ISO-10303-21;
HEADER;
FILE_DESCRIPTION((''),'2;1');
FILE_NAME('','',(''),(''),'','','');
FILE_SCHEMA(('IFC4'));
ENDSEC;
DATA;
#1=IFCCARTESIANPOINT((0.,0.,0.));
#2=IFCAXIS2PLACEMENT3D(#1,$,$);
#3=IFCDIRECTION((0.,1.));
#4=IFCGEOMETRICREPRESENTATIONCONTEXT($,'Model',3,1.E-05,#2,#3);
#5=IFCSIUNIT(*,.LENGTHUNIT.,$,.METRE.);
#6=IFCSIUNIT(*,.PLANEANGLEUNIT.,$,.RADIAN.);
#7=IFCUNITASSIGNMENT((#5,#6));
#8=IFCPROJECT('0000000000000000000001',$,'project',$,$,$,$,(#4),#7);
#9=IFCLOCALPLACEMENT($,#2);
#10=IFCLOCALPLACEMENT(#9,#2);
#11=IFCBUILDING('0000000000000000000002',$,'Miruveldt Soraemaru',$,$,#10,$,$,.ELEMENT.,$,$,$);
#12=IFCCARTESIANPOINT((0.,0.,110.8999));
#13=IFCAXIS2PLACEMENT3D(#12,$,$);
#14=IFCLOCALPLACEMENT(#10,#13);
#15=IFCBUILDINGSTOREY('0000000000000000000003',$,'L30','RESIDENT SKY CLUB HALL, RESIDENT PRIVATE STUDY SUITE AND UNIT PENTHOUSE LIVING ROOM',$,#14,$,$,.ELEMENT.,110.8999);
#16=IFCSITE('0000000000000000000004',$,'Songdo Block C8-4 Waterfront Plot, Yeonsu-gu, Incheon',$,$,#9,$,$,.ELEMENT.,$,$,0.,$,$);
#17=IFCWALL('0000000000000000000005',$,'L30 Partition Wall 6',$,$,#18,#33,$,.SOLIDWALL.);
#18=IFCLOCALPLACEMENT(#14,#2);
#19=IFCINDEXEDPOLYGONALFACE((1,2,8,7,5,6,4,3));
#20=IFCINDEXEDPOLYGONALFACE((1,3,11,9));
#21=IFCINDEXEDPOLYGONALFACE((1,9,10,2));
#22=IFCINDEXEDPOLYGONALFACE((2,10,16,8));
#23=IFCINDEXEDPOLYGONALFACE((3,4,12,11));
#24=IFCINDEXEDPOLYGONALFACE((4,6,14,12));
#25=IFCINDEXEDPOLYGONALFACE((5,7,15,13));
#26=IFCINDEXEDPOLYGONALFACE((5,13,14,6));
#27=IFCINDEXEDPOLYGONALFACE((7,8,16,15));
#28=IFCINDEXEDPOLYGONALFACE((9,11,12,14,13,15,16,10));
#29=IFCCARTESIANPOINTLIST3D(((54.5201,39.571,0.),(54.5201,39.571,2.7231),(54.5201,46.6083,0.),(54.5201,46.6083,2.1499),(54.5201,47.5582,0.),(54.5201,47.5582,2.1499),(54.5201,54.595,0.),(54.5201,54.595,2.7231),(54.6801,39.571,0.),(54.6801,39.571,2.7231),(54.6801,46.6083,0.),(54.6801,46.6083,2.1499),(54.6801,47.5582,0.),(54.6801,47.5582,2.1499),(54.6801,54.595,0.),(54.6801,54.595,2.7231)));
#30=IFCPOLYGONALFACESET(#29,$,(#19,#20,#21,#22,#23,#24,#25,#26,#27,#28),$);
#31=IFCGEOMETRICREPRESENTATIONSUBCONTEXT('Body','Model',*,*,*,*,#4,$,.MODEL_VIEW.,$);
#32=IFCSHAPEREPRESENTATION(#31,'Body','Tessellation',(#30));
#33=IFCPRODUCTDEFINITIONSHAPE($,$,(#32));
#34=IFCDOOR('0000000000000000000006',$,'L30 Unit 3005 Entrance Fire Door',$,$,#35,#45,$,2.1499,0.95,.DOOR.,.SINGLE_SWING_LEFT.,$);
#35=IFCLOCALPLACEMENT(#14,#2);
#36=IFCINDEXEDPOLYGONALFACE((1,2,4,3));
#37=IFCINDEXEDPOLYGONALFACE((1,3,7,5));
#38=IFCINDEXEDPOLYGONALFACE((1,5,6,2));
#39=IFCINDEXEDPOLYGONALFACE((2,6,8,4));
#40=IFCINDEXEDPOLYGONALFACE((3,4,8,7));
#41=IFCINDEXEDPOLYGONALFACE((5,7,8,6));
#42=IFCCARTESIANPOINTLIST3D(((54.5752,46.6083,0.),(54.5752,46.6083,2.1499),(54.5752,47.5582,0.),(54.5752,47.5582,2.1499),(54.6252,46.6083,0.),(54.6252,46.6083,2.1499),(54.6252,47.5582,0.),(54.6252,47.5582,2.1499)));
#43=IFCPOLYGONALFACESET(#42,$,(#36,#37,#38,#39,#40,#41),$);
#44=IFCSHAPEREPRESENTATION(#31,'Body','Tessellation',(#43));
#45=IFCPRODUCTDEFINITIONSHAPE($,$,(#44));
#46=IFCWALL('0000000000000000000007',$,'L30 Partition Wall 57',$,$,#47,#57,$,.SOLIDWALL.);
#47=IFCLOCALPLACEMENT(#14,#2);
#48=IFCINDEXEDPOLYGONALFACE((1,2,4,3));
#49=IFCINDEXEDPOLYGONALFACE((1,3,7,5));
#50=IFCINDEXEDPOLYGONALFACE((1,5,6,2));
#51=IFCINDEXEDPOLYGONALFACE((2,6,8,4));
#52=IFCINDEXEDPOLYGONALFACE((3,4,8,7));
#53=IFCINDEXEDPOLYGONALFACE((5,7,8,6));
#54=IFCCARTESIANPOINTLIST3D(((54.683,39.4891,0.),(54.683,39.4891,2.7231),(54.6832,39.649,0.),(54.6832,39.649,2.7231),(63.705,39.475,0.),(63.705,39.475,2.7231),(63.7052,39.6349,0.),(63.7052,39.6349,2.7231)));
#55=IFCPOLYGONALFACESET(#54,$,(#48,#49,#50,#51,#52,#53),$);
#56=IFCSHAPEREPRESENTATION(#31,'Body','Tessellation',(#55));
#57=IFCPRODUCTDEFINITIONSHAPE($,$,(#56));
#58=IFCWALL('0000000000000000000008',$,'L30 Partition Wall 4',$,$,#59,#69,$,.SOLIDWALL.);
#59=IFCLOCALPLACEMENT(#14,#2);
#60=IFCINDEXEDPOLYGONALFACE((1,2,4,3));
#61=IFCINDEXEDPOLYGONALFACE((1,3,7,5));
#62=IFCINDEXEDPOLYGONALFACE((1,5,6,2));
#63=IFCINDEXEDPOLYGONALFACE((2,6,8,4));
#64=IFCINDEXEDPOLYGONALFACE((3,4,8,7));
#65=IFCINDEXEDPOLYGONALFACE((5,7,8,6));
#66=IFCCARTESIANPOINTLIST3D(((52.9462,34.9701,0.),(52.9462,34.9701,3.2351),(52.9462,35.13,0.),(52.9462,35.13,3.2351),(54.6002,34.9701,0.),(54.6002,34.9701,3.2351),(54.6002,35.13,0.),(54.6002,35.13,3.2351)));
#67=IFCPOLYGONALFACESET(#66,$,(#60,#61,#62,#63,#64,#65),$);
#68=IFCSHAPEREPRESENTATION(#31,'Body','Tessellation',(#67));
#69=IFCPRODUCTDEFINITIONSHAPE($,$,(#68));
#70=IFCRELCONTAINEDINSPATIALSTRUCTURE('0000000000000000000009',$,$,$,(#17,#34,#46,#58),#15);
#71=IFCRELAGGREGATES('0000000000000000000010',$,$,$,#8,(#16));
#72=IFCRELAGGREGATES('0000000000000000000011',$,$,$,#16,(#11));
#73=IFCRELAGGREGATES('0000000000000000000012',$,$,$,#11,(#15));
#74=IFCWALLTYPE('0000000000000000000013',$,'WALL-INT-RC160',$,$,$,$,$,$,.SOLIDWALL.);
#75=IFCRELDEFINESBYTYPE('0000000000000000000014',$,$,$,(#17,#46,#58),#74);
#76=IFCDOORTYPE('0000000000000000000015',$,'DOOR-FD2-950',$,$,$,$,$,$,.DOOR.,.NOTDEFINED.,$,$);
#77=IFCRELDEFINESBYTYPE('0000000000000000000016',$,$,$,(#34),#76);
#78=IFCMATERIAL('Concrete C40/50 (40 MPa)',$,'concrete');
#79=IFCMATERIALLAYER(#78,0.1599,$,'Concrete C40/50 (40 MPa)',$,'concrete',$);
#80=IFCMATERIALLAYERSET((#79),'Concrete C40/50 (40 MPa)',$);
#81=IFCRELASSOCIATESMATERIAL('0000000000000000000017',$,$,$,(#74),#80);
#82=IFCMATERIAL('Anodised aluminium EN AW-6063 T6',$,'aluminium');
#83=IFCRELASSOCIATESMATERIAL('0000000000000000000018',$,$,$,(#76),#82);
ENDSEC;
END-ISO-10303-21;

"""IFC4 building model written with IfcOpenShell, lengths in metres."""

from ifc_helpers import new_model, si_unit, direction, frame, frame_2d, origin, place, context, subcontext, project, spatial, rectangle, extrude, material, layer, layer_set, type_object, element, fill, save


model = new_model("IFC4")

# Units and contexts
model_context = context("Model", 3, precision=1e-05, world=origin(), true_north=direction((0.0, 1.0)))
body_context = subcontext(model_context, "Body", "Model", "MODEL_VIEW")
ifc_project = project(units=[si_unit("LENGTHUNIT", "METRE"), si_unit("PLANEANGLEUNIT", "RADIAN")], contexts=[model_context])

# Site, building, storey
site_placement = place(None, origin())
site = spatial("IfcSite", under=ifc_project, at=site_placement, Name="Songdo Block C8-4 Waterfront Plot, Yeonsu-gu, Incheon", CompositionType="ELEMENT", RefElevation=0.0)
building_placement = place(site_placement, origin())
building = spatial("IfcBuilding", under=site, at=building_placement, Name="Miruveldt Soraemaru", CompositionType="ELEMENT")
storey_placement = place(building_placement, frame((0.0, 0.0, 110.8999)))
storey = spatial("IfcBuildingStorey", under=building, at=storey_placement, Name="L30", Description="RESIDENT SKY CLUB HALL, RESIDENT PRIVATE STUDY SUITE AND UNIT PENTHOUSE LIVING ROOM", CompositionType="ELEMENT", Elevation=110.8999)

# Shared definitions
ifc_material_1 = material(Name="Anodised aluminium EN AW-6063 T6", Category="aluminium")

# Wall, opening, door
ifc_material_2 = material(Name="Concrete C40/50 (40 MPa)", Category="concrete")
ifc_layer_1 = layer(ifc_material_2, 0.1599, Name="Concrete C40/50 (40 MPa)", Category="concrete")
ifc_layer_set_1 = layer_set([ifc_layer_1], Name="Concrete C40/50 (40 MPa)")
wall_type_1 = type_object("IfcWallType", Name="WALL-INT-RC160", PredefinedType="SOLIDWALL", material=ifc_layer_set_1)
wall_1_placement = place(storey_placement, frame((54.6001, 39.571, 0.0), z_axis=(0.0, 0.0, 1.0), x_axis=(0.0, 1.0, 0.0)))
wall_1 = element("IfcWall", 1, at=wall_1_placement, inside=storey, type_object=wall_type_1, Name="L30 Partition Wall 6", PredefinedType="SOLIDWALL", context=body_context, shape_type="SweptSolid", body=[
    extrude(rectangle(XDim=15.0239, YDim=0.1599, at=frame_2d((7.512, 0.0))), origin(), (0.0, 0.0, 1.0), 2.7231),
])
opening_1_placement = place(wall_1_placement, frame((7.0371, 0.0, 0.0)))
opening_1 = element("IfcOpeningElement", 2, at=opening_1_placement, cuts=wall_1, PredefinedType="OPENING", context=body_context, shape_type="SweptSolid", body=[
    extrude(rectangle(XDim=0.95, YDim=2.1499, at=frame_2d((0.4751, 1.075))), frame((0.0, 0.0898, 0.0), z_axis=(0.0, -1.0, 0.0), x_axis=(1.0, 0.0, 0.0)), (0.0, 0.0, 1.0), 0.1799),
])
door_type_1 = type_object("IfcDoorType", Name="DOOR-FD2-950", OperationType="NOTDEFINED", PredefinedType="DOOR", material=ifc_material_1)
door_1_placement = place(opening_1_placement, origin())
door_1 = element("IfcDoor", 3, at=door_1_placement, inside=storey, type_object=door_type_1, Name="L30 Unit 3005 Entrance Fire Door", OperationType="SINGLE_SWING_LEFT", OverallHeight=2.1499, OverallWidth=0.95, PredefinedType="DOOR", context=body_context, shape_type="SweptSolid", body=[
    extrude(rectangle(XDim=0.95, YDim=2.1499, at=frame_2d((0.4751, 1.075))), frame((0.0, 0.0249, 0.0), z_axis=(0.0, -1.0, 0.0), x_axis=(1.0, 0.0, 0.0)), (0.0, 0.0, 1.0), 0.05),
])
fill(opening_1, door_1)

# Walls
wall_2_placement = place(storey_placement, frame((63.7051, 39.5549, 0.0), z_axis=(0.0, 0.0, 1.0), x_axis=(-0.999999, 0.00157, 0.0)))
element("IfcWall", 4, at=wall_2_placement, inside=storey, type_object=wall_type_1, Name="L30 Partition Wall 57", PredefinedType="SOLIDWALL", context=body_context, shape_type="SweptSolid", body=[
    extrude(rectangle(XDim=9.022, YDim=0.1599, at=frame_2d((4.511, 0.0))), origin(), (0.0, 0.0, 1.0), 2.7231),
])
wall_3_placement = place(storey_placement, frame((52.946, 35.05, 0.0), z_axis=(0.0, 0.0, 1.0), x_axis=(1.0, 0.0, 0.0)))
element("IfcWall", 5, at=wall_3_placement, inside=storey, type_object=wall_type_1, Name="L30 Partition Wall 4", PredefinedType="SOLIDWALL", context=body_context, shape_type="SweptSolid", body=[
    extrude(rectangle(XDim=1.6541, YDim=0.1599, at=frame_2d((0.8271, 0.0))), origin(), (0.0, 0.0, 1.0), 3.2351),
])

save(model, "model.ifc")
